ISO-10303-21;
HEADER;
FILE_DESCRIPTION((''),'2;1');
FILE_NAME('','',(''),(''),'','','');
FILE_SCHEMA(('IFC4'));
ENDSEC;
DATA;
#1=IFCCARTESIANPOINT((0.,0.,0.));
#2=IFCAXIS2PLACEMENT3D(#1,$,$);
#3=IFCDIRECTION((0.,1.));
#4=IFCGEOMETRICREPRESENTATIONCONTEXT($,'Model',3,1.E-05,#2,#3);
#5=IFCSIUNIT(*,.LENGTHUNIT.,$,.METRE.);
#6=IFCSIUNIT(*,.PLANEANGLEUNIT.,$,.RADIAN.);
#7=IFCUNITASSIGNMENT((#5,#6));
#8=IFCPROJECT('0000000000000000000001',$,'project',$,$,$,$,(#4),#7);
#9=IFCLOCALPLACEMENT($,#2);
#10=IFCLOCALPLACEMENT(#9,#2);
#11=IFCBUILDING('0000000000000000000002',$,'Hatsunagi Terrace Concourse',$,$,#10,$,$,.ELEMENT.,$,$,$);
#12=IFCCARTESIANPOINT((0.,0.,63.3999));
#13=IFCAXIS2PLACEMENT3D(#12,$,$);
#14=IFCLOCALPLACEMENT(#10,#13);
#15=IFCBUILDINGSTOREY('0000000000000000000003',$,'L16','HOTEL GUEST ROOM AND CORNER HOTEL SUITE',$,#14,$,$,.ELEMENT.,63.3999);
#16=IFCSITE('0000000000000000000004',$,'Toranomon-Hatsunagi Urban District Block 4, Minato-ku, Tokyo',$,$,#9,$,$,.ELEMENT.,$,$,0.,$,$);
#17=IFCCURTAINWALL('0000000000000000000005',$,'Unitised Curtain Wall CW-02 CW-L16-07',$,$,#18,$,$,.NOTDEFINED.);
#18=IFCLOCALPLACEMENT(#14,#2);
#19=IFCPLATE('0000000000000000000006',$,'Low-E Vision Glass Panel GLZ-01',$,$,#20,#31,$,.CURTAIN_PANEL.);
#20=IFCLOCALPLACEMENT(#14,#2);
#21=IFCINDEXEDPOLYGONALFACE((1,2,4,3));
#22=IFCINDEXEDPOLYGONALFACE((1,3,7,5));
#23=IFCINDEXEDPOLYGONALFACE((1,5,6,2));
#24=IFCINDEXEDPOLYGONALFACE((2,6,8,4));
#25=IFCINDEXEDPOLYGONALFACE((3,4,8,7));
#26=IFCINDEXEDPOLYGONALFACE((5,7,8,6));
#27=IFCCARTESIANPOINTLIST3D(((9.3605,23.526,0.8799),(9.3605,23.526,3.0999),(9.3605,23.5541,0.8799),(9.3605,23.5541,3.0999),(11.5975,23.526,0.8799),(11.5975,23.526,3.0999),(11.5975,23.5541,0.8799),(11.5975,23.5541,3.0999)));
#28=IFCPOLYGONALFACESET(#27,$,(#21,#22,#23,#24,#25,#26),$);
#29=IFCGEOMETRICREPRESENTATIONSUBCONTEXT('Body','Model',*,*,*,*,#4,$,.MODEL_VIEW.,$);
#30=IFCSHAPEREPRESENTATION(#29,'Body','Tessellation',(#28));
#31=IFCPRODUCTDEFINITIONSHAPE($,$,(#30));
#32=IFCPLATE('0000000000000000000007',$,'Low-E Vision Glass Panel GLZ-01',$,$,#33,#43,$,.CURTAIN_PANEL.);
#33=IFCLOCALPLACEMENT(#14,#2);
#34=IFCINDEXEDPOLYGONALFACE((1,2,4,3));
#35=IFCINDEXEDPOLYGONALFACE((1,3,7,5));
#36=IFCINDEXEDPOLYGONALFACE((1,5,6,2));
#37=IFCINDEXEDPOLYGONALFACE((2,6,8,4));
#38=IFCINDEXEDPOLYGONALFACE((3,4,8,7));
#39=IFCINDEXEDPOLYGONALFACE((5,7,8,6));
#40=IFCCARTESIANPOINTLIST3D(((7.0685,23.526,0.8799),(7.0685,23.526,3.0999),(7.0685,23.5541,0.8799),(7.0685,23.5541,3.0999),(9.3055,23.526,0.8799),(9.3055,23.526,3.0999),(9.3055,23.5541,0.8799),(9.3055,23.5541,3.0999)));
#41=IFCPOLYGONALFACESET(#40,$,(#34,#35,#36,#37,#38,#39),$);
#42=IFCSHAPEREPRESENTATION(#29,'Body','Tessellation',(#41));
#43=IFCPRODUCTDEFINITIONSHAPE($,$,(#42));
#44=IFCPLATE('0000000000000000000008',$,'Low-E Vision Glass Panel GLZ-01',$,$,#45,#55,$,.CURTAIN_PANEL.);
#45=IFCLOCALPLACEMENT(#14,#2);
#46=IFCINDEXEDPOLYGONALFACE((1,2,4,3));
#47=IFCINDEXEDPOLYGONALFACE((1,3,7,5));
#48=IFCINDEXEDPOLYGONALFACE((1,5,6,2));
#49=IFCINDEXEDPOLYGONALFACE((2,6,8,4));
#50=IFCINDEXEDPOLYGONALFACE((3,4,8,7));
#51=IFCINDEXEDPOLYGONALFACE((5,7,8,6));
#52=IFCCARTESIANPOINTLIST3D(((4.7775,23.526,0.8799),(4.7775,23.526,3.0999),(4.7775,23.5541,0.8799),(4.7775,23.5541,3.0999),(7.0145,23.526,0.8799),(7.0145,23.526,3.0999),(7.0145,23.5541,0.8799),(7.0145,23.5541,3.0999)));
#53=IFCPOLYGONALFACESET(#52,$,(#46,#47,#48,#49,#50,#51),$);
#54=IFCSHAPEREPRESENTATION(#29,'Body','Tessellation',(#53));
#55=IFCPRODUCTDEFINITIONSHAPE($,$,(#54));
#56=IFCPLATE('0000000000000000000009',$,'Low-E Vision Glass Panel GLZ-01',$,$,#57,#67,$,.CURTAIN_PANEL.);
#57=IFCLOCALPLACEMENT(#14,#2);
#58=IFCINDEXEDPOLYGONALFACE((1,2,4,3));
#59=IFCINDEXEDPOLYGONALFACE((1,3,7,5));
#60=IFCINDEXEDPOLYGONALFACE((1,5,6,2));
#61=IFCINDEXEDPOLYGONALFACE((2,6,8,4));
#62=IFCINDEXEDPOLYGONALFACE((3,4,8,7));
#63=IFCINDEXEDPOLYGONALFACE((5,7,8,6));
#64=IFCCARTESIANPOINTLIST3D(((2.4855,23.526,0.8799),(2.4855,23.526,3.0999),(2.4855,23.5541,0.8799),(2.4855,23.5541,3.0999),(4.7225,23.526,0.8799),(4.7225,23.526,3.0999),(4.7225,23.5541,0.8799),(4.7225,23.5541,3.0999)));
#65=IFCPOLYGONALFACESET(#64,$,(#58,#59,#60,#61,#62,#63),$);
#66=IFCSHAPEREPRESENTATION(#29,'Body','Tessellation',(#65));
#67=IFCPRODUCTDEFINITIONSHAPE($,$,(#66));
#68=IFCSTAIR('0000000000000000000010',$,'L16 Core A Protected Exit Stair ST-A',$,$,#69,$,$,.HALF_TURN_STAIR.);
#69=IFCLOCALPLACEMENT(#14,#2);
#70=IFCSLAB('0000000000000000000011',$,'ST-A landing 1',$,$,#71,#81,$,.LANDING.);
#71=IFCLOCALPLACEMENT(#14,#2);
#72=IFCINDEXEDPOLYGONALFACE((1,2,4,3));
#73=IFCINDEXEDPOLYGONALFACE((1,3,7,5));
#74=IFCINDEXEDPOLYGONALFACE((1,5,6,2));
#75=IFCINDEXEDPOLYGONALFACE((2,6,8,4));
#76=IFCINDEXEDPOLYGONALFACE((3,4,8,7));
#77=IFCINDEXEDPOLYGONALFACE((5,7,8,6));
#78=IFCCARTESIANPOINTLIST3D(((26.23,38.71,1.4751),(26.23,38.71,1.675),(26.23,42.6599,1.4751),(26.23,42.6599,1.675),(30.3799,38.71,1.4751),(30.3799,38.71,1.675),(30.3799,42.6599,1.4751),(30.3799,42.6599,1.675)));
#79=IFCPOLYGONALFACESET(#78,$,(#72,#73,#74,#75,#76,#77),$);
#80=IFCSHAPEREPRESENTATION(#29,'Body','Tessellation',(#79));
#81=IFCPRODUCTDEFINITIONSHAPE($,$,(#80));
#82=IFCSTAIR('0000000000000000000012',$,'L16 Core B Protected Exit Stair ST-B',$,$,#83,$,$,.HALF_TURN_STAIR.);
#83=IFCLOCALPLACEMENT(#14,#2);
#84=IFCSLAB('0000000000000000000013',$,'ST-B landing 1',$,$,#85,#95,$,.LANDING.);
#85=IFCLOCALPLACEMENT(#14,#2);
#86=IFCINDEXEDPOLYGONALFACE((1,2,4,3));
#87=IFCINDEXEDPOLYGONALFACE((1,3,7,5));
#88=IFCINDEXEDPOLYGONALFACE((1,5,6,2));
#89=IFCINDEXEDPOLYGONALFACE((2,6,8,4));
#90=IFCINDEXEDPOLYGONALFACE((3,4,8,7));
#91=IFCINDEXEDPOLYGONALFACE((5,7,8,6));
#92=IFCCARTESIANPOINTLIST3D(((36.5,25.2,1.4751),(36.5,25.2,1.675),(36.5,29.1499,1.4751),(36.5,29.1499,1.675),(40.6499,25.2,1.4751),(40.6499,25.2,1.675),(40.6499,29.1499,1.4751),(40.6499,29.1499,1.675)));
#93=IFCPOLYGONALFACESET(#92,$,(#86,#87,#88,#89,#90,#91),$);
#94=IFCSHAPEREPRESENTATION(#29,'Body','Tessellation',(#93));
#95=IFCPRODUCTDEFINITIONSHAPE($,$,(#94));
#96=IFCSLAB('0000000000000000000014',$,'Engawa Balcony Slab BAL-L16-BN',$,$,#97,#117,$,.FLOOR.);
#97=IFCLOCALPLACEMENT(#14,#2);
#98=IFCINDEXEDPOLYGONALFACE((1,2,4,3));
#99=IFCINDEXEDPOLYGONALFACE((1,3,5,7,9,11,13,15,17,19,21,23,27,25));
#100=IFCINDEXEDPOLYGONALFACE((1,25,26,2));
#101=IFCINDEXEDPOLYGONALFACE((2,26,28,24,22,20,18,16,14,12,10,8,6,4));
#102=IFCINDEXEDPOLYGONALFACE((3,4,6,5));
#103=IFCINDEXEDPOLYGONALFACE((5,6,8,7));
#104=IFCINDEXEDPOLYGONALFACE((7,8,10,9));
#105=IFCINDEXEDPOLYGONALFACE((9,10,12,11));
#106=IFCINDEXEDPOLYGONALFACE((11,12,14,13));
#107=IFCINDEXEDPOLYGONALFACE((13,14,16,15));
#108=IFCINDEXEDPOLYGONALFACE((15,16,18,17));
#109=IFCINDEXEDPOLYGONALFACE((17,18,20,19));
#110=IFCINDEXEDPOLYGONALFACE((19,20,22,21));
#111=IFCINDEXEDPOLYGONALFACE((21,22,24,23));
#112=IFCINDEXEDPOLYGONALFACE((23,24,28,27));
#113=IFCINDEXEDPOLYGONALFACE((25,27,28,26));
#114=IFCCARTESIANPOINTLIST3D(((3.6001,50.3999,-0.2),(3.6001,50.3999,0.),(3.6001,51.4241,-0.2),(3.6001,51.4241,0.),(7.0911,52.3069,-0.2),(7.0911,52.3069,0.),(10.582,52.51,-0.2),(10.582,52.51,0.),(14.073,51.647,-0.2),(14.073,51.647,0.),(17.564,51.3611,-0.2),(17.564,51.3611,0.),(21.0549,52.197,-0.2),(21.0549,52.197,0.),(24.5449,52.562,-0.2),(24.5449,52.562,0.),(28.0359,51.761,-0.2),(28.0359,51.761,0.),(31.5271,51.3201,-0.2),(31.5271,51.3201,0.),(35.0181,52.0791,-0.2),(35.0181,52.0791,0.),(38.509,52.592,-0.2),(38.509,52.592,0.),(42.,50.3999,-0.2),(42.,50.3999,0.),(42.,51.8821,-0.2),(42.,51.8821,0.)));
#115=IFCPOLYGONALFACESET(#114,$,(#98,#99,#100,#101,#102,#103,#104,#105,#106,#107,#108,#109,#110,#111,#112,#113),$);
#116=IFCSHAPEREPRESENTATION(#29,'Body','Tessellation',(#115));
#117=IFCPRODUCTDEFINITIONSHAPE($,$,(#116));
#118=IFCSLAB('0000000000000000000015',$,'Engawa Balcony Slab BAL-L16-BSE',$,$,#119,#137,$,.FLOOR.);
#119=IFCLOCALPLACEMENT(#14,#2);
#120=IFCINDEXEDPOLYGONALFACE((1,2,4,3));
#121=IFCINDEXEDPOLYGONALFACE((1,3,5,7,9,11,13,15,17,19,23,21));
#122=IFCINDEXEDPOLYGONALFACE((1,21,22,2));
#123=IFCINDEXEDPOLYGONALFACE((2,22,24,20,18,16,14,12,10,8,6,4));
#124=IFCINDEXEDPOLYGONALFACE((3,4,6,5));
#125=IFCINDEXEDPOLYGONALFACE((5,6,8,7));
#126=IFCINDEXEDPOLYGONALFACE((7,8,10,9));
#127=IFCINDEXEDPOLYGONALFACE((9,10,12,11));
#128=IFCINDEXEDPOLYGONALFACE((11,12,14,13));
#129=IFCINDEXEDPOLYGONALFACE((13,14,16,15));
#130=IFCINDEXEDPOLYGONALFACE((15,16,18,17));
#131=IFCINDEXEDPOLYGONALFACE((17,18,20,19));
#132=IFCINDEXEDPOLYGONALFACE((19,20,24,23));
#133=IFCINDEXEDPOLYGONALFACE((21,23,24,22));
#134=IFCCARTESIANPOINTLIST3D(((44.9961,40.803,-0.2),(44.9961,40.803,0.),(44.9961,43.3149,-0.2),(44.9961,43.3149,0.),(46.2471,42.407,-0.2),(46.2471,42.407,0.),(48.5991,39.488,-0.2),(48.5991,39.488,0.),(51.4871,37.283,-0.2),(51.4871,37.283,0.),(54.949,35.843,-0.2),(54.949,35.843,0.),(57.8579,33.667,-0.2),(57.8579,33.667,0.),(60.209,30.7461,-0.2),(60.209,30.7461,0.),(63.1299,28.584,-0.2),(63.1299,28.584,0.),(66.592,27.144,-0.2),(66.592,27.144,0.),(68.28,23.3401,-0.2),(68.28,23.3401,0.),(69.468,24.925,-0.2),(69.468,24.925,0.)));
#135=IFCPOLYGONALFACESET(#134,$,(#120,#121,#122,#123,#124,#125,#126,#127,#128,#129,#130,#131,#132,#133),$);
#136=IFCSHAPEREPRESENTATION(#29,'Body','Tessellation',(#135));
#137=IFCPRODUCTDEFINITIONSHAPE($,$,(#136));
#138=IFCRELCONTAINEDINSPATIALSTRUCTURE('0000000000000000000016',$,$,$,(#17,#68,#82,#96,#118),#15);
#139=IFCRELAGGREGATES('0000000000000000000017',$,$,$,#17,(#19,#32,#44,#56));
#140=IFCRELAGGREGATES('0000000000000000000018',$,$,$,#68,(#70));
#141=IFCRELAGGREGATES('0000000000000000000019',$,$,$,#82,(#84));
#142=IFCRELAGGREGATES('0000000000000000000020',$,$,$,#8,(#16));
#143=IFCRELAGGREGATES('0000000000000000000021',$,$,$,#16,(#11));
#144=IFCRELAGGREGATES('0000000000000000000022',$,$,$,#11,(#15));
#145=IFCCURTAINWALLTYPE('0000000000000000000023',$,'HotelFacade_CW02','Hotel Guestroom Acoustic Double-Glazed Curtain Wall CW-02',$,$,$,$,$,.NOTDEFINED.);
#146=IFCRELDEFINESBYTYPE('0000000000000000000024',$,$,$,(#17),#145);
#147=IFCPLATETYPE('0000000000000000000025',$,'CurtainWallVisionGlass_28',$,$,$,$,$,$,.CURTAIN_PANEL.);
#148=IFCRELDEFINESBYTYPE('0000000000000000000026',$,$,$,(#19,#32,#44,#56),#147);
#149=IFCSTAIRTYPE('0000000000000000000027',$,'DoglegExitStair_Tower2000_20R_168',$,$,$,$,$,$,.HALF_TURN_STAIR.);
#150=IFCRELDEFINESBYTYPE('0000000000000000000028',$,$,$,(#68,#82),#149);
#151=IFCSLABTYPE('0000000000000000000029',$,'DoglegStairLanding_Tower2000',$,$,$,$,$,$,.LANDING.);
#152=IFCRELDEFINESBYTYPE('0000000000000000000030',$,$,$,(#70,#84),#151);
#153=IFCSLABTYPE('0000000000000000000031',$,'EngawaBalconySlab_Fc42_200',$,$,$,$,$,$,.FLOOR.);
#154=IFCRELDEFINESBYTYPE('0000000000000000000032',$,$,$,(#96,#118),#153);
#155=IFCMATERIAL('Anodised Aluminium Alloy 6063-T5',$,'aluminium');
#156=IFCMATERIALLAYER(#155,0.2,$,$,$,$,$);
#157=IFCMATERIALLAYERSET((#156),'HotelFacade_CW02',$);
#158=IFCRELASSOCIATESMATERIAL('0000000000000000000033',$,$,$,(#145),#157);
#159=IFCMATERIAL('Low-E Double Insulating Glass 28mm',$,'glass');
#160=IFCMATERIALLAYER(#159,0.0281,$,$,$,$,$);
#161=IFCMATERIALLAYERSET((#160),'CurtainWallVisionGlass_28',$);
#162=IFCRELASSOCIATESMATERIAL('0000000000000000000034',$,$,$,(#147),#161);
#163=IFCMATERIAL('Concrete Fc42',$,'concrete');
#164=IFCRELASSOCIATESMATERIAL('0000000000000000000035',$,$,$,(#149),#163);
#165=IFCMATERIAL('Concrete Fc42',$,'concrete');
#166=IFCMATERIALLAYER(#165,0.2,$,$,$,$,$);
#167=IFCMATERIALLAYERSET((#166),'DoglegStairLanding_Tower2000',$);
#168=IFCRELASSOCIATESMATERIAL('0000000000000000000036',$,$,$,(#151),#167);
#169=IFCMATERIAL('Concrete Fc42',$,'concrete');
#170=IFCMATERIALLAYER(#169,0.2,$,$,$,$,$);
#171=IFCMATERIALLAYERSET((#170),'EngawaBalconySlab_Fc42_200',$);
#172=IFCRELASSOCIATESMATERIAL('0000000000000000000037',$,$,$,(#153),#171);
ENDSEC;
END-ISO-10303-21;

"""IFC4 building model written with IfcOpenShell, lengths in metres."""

from ifc_helpers import new_model, si_unit, direction, frame, origin, origin_2d, place, context, subcontext, project, spatial, polyline, rectangle, outline, extrude, material, layer, layer_set, type_object, element, aggregate, save


model = new_model("IFC4")

# Units and contexts
model_context = context("Model", 3, precision=1e-05, world=origin(), true_north=direction((0.0, 1.0)))
body_context = subcontext(model_context, "Body", "Model", "MODEL_VIEW")
ifc_project = project(units=[si_unit("LENGTHUNIT", "METRE"), si_unit("PLANEANGLEUNIT", "RADIAN")], contexts=[model_context])

# Site, building, storey
site_placement = place(None, origin())
site = spatial("IfcSite", under=ifc_project, at=site_placement, Name="Toranomon-Hatsunagi Urban District Block 4, Minato-ku, Tokyo", CompositionType="ELEMENT", RefElevation=0.0)
building_placement = place(site_placement, origin())
building = spatial("IfcBuilding", under=site, at=building_placement, Name="Hatsunagi Terrace Concourse", CompositionType="ELEMENT")
storey_placement = place(building_placement, frame((0.0, 0.0, 63.3999)))
storey = spatial("IfcBuildingStorey", under=building, at=storey_placement, Name="L16", Description="HOTEL GUEST ROOM AND CORNER HOTEL SUITE", CompositionType="ELEMENT", Elevation=63.3999)

# Curtain wall, plates
ifc_material_1 = material(Name="Anodised Aluminium Alloy 6063-T5", Category="aluminium")
ifc_layer_1 = layer(ifc_material_1, 0.2)
ifc_layer_set_1 = layer_set([ifc_layer_1], Name="HotelFacade_CW02")
curtain_wall_type = type_object("IfcCurtainWallType", Name="HotelFacade_CW02", Description="Hotel Guestroom Acoustic Double-Glazed Curtain Wall CW-02", PredefinedType="NOTDEFINED", material=ifc_layer_set_1)
curtain_wall_placement = place(storey_placement, origin())
curtain_wall = element("IfcCurtainWall", 1, at=curtain_wall_placement, inside=storey, type_object=curtain_wall_type, Name="Unitised Curtain Wall CW-02 CW-L16-07", PredefinedType="NOTDEFINED")
ifc_material_2 = material(Name="Low-E Double Insulating Glass 28mm", Category="glass")
ifc_layer_2 = layer(ifc_material_2, 0.0281)
ifc_layer_set_2 = layer_set([ifc_layer_2], Name="CurtainWallVisionGlass_28")
plate_type_1 = type_object("IfcPlateType", Name="CurtainWallVisionGlass_28", PredefinedType="CURTAIN_PANEL", material=ifc_layer_set_2)
plate_1_placement = place(storey_placement, frame((10.479, 23.54, 0.8799), z_axis=(0.0, 0.0, 1.0), x_axis=(-1.0, 0.0, 0.0)))
plate_1 = element("IfcPlate", 2, at=plate_1_placement, type_object=plate_type_1, Name="Low-E Vision Glass Panel GLZ-01", PredefinedType="CURTAIN_PANEL", context=body_context, shape_type="SweptSolid", body=[
    extrude(rectangle(XDim=2.2371, YDim=0.0281, at=origin_2d()), origin(), (0.0, 0.0, 1.0), 2.22),
])
plate_2_placement = place(storey_placement, frame((8.187, 23.54, 0.8799), z_axis=(0.0, 0.0, 1.0), x_axis=(-1.0, 0.0, 0.0)))
plate_2 = element("IfcPlate", 3, at=plate_2_placement, type_object=plate_type_1, Name="Low-E Vision Glass Panel GLZ-01", PredefinedType="CURTAIN_PANEL", context=body_context, shape_type="SweptSolid", body=[
    extrude(rectangle(XDim=2.2371, YDim=0.0281, at=origin_2d()), origin(), (0.0, 0.0, 1.0), 2.22),
])
plate_3_placement = place(storey_placement, frame((5.896, 23.54, 0.8799), z_axis=(0.0, 0.0, 1.0), x_axis=(-1.0, 0.0, 0.0)))
plate_3 = element("IfcPlate", 4, at=plate_3_placement, type_object=plate_type_1, Name="Low-E Vision Glass Panel GLZ-01", PredefinedType="CURTAIN_PANEL", context=body_context, shape_type="SweptSolid", body=[
    extrude(rectangle(XDim=2.2371, YDim=0.0281, at=origin_2d()), origin(), (0.0, 0.0, 1.0), 2.22),
])
plate_4_placement = place(storey_placement, frame((3.604, 23.54, 0.8799), z_axis=(0.0, 0.0, 1.0), x_axis=(-1.0, 0.0, 0.0)))
plate_4 = element("IfcPlate", 5, at=plate_4_placement, type_object=plate_type_1, Name="Low-E Vision Glass Panel GLZ-01", PredefinedType="CURTAIN_PANEL", context=body_context, shape_type="SweptSolid", body=[
    extrude(rectangle(XDim=2.2371, YDim=0.0281, at=origin_2d()), origin(), (0.0, 0.0, 1.0), 2.22),
])
aggregate(curtain_wall, [plate_1, plate_2, plate_3, plate_4])

# Stairs, slabs
ifc_material_3 = material(Name="Concrete Fc42", Category="concrete")
stair_type = type_object("IfcStairType", Name="DoglegExitStair_Tower2000_20R_168", PredefinedType="HALF_TURN_STAIR", material=ifc_material_3)
stair_1_placement = place(storey_placement, origin())
stair_1 = element("IfcStair", 6, at=stair_1_placement, inside=storey, type_object=stair_type, Name="L16 Core A Protected Exit Stair ST-A", PredefinedType="HALF_TURN_STAIR")
ifc_material_4 = material(Name="Concrete Fc42", Category="concrete")
ifc_layer_3 = layer(ifc_material_4, 0.2)
ifc_layer_set_3 = layer_set([ifc_layer_3], Name="DoglegStairLanding_Tower2000")
slab_type_1 = type_object("IfcSlabType", Name="DoglegStairLanding_Tower2000", PredefinedType="LANDING", material=ifc_layer_set_3)
slab_1_placement = place(storey_placement, frame((0.0, 0.0, 1.4751)))
slab_1 = element("IfcSlab", 7, at=slab_1_placement, type_object=slab_type_1, Name="ST-A landing 1", PredefinedType="LANDING", context=body_context, shape_type="SweptSolid", body=[
    extrude(outline(polyline([(30.3799, 38.71), (30.3799, 42.6599), (26.23, 42.6599), (26.23, 38.71), (30.3799, 38.71)])), origin(), (0.0, 0.0, 1.0), 0.2),
])
aggregate(stair_1, [slab_1])
stair_2_placement = place(storey_placement, origin())
stair_2 = element("IfcStair", 8, at=stair_2_placement, inside=storey, type_object=stair_type, Name="L16 Core B Protected Exit Stair ST-B", PredefinedType="HALF_TURN_STAIR")
slab_2_placement = place(storey_placement, frame((0.0, 0.0, 1.4751)))
slab_2 = element("IfcSlab", 9, at=slab_2_placement, type_object=slab_type_1, Name="ST-B landing 1", PredefinedType="LANDING", context=body_context, shape_type="SweptSolid", body=[
    extrude(outline(polyline([(36.5, 29.1499), (36.5, 25.2), (40.6499, 25.2), (40.6499, 29.1499), (36.5, 29.1499)])), origin(), (0.0, 0.0, 1.0), 0.2),
])
aggregate(stair_2, [slab_2])

# Slabs
ifc_material_5 = material(Name="Concrete Fc42", Category="concrete")
ifc_layer_4 = layer(ifc_material_5, 0.2)
ifc_layer_set_4 = layer_set([ifc_layer_4], Name="EngawaBalconySlab_Fc42_200")
slab_type_2 = type_object("IfcSlabType", Name="EngawaBalconySlab_Fc42_200", PredefinedType="FLOOR", material=ifc_layer_set_4)
slab_3_placement = place(storey_placement, frame((0.0, 0.0, -0.2)))
element("IfcSlab", 10, at=slab_3_placement, inside=storey, type_object=slab_type_2, Name="Engawa Balcony Slab BAL-L16-BN", PredefinedType="FLOOR", context=body_context, shape_type="SweptSolid", body=[
    extrude(outline(polyline([(3.6001, 51.4241), (3.6001, 50.3999), (42.0, 50.3999), (42.0, 51.8821), (38.509, 52.592), (35.0181, 52.0791), (31.5271, 51.3201), (28.0359, 51.761), (24.5449, 52.562), (21.0549, 52.197), (17.564, 51.3611), (14.073, 51.647), (10.582, 52.51), (7.0911, 52.3069), (3.6001, 51.4241)])), origin(), (0.0, 0.0, 1.0), 0.2),
])
slab_4_placement = place(storey_placement, frame((0.0, 0.0, -0.2)))
element("IfcSlab", 11, at=slab_4_placement, inside=storey, type_object=slab_type_2, Name="Engawa Balcony Slab BAL-L16-BSE", PredefinedType="FLOOR", context=body_context, shape_type="SweptSolid", body=[
    extrude(outline(polyline([(46.2471, 42.407), (44.9961, 43.3149), (44.9961, 40.803), (68.28, 23.3401), (69.468, 24.925), (66.592, 27.144), (63.1299, 28.584), (60.209, 30.7461), (57.8579, 33.667), (54.949, 35.843), (51.4871, 37.283), (48.5991, 39.488), (46.2471, 42.407)])), origin(), (0.0, 0.0, 1.0), 0.2),
])

save(model, "model.ifc")
